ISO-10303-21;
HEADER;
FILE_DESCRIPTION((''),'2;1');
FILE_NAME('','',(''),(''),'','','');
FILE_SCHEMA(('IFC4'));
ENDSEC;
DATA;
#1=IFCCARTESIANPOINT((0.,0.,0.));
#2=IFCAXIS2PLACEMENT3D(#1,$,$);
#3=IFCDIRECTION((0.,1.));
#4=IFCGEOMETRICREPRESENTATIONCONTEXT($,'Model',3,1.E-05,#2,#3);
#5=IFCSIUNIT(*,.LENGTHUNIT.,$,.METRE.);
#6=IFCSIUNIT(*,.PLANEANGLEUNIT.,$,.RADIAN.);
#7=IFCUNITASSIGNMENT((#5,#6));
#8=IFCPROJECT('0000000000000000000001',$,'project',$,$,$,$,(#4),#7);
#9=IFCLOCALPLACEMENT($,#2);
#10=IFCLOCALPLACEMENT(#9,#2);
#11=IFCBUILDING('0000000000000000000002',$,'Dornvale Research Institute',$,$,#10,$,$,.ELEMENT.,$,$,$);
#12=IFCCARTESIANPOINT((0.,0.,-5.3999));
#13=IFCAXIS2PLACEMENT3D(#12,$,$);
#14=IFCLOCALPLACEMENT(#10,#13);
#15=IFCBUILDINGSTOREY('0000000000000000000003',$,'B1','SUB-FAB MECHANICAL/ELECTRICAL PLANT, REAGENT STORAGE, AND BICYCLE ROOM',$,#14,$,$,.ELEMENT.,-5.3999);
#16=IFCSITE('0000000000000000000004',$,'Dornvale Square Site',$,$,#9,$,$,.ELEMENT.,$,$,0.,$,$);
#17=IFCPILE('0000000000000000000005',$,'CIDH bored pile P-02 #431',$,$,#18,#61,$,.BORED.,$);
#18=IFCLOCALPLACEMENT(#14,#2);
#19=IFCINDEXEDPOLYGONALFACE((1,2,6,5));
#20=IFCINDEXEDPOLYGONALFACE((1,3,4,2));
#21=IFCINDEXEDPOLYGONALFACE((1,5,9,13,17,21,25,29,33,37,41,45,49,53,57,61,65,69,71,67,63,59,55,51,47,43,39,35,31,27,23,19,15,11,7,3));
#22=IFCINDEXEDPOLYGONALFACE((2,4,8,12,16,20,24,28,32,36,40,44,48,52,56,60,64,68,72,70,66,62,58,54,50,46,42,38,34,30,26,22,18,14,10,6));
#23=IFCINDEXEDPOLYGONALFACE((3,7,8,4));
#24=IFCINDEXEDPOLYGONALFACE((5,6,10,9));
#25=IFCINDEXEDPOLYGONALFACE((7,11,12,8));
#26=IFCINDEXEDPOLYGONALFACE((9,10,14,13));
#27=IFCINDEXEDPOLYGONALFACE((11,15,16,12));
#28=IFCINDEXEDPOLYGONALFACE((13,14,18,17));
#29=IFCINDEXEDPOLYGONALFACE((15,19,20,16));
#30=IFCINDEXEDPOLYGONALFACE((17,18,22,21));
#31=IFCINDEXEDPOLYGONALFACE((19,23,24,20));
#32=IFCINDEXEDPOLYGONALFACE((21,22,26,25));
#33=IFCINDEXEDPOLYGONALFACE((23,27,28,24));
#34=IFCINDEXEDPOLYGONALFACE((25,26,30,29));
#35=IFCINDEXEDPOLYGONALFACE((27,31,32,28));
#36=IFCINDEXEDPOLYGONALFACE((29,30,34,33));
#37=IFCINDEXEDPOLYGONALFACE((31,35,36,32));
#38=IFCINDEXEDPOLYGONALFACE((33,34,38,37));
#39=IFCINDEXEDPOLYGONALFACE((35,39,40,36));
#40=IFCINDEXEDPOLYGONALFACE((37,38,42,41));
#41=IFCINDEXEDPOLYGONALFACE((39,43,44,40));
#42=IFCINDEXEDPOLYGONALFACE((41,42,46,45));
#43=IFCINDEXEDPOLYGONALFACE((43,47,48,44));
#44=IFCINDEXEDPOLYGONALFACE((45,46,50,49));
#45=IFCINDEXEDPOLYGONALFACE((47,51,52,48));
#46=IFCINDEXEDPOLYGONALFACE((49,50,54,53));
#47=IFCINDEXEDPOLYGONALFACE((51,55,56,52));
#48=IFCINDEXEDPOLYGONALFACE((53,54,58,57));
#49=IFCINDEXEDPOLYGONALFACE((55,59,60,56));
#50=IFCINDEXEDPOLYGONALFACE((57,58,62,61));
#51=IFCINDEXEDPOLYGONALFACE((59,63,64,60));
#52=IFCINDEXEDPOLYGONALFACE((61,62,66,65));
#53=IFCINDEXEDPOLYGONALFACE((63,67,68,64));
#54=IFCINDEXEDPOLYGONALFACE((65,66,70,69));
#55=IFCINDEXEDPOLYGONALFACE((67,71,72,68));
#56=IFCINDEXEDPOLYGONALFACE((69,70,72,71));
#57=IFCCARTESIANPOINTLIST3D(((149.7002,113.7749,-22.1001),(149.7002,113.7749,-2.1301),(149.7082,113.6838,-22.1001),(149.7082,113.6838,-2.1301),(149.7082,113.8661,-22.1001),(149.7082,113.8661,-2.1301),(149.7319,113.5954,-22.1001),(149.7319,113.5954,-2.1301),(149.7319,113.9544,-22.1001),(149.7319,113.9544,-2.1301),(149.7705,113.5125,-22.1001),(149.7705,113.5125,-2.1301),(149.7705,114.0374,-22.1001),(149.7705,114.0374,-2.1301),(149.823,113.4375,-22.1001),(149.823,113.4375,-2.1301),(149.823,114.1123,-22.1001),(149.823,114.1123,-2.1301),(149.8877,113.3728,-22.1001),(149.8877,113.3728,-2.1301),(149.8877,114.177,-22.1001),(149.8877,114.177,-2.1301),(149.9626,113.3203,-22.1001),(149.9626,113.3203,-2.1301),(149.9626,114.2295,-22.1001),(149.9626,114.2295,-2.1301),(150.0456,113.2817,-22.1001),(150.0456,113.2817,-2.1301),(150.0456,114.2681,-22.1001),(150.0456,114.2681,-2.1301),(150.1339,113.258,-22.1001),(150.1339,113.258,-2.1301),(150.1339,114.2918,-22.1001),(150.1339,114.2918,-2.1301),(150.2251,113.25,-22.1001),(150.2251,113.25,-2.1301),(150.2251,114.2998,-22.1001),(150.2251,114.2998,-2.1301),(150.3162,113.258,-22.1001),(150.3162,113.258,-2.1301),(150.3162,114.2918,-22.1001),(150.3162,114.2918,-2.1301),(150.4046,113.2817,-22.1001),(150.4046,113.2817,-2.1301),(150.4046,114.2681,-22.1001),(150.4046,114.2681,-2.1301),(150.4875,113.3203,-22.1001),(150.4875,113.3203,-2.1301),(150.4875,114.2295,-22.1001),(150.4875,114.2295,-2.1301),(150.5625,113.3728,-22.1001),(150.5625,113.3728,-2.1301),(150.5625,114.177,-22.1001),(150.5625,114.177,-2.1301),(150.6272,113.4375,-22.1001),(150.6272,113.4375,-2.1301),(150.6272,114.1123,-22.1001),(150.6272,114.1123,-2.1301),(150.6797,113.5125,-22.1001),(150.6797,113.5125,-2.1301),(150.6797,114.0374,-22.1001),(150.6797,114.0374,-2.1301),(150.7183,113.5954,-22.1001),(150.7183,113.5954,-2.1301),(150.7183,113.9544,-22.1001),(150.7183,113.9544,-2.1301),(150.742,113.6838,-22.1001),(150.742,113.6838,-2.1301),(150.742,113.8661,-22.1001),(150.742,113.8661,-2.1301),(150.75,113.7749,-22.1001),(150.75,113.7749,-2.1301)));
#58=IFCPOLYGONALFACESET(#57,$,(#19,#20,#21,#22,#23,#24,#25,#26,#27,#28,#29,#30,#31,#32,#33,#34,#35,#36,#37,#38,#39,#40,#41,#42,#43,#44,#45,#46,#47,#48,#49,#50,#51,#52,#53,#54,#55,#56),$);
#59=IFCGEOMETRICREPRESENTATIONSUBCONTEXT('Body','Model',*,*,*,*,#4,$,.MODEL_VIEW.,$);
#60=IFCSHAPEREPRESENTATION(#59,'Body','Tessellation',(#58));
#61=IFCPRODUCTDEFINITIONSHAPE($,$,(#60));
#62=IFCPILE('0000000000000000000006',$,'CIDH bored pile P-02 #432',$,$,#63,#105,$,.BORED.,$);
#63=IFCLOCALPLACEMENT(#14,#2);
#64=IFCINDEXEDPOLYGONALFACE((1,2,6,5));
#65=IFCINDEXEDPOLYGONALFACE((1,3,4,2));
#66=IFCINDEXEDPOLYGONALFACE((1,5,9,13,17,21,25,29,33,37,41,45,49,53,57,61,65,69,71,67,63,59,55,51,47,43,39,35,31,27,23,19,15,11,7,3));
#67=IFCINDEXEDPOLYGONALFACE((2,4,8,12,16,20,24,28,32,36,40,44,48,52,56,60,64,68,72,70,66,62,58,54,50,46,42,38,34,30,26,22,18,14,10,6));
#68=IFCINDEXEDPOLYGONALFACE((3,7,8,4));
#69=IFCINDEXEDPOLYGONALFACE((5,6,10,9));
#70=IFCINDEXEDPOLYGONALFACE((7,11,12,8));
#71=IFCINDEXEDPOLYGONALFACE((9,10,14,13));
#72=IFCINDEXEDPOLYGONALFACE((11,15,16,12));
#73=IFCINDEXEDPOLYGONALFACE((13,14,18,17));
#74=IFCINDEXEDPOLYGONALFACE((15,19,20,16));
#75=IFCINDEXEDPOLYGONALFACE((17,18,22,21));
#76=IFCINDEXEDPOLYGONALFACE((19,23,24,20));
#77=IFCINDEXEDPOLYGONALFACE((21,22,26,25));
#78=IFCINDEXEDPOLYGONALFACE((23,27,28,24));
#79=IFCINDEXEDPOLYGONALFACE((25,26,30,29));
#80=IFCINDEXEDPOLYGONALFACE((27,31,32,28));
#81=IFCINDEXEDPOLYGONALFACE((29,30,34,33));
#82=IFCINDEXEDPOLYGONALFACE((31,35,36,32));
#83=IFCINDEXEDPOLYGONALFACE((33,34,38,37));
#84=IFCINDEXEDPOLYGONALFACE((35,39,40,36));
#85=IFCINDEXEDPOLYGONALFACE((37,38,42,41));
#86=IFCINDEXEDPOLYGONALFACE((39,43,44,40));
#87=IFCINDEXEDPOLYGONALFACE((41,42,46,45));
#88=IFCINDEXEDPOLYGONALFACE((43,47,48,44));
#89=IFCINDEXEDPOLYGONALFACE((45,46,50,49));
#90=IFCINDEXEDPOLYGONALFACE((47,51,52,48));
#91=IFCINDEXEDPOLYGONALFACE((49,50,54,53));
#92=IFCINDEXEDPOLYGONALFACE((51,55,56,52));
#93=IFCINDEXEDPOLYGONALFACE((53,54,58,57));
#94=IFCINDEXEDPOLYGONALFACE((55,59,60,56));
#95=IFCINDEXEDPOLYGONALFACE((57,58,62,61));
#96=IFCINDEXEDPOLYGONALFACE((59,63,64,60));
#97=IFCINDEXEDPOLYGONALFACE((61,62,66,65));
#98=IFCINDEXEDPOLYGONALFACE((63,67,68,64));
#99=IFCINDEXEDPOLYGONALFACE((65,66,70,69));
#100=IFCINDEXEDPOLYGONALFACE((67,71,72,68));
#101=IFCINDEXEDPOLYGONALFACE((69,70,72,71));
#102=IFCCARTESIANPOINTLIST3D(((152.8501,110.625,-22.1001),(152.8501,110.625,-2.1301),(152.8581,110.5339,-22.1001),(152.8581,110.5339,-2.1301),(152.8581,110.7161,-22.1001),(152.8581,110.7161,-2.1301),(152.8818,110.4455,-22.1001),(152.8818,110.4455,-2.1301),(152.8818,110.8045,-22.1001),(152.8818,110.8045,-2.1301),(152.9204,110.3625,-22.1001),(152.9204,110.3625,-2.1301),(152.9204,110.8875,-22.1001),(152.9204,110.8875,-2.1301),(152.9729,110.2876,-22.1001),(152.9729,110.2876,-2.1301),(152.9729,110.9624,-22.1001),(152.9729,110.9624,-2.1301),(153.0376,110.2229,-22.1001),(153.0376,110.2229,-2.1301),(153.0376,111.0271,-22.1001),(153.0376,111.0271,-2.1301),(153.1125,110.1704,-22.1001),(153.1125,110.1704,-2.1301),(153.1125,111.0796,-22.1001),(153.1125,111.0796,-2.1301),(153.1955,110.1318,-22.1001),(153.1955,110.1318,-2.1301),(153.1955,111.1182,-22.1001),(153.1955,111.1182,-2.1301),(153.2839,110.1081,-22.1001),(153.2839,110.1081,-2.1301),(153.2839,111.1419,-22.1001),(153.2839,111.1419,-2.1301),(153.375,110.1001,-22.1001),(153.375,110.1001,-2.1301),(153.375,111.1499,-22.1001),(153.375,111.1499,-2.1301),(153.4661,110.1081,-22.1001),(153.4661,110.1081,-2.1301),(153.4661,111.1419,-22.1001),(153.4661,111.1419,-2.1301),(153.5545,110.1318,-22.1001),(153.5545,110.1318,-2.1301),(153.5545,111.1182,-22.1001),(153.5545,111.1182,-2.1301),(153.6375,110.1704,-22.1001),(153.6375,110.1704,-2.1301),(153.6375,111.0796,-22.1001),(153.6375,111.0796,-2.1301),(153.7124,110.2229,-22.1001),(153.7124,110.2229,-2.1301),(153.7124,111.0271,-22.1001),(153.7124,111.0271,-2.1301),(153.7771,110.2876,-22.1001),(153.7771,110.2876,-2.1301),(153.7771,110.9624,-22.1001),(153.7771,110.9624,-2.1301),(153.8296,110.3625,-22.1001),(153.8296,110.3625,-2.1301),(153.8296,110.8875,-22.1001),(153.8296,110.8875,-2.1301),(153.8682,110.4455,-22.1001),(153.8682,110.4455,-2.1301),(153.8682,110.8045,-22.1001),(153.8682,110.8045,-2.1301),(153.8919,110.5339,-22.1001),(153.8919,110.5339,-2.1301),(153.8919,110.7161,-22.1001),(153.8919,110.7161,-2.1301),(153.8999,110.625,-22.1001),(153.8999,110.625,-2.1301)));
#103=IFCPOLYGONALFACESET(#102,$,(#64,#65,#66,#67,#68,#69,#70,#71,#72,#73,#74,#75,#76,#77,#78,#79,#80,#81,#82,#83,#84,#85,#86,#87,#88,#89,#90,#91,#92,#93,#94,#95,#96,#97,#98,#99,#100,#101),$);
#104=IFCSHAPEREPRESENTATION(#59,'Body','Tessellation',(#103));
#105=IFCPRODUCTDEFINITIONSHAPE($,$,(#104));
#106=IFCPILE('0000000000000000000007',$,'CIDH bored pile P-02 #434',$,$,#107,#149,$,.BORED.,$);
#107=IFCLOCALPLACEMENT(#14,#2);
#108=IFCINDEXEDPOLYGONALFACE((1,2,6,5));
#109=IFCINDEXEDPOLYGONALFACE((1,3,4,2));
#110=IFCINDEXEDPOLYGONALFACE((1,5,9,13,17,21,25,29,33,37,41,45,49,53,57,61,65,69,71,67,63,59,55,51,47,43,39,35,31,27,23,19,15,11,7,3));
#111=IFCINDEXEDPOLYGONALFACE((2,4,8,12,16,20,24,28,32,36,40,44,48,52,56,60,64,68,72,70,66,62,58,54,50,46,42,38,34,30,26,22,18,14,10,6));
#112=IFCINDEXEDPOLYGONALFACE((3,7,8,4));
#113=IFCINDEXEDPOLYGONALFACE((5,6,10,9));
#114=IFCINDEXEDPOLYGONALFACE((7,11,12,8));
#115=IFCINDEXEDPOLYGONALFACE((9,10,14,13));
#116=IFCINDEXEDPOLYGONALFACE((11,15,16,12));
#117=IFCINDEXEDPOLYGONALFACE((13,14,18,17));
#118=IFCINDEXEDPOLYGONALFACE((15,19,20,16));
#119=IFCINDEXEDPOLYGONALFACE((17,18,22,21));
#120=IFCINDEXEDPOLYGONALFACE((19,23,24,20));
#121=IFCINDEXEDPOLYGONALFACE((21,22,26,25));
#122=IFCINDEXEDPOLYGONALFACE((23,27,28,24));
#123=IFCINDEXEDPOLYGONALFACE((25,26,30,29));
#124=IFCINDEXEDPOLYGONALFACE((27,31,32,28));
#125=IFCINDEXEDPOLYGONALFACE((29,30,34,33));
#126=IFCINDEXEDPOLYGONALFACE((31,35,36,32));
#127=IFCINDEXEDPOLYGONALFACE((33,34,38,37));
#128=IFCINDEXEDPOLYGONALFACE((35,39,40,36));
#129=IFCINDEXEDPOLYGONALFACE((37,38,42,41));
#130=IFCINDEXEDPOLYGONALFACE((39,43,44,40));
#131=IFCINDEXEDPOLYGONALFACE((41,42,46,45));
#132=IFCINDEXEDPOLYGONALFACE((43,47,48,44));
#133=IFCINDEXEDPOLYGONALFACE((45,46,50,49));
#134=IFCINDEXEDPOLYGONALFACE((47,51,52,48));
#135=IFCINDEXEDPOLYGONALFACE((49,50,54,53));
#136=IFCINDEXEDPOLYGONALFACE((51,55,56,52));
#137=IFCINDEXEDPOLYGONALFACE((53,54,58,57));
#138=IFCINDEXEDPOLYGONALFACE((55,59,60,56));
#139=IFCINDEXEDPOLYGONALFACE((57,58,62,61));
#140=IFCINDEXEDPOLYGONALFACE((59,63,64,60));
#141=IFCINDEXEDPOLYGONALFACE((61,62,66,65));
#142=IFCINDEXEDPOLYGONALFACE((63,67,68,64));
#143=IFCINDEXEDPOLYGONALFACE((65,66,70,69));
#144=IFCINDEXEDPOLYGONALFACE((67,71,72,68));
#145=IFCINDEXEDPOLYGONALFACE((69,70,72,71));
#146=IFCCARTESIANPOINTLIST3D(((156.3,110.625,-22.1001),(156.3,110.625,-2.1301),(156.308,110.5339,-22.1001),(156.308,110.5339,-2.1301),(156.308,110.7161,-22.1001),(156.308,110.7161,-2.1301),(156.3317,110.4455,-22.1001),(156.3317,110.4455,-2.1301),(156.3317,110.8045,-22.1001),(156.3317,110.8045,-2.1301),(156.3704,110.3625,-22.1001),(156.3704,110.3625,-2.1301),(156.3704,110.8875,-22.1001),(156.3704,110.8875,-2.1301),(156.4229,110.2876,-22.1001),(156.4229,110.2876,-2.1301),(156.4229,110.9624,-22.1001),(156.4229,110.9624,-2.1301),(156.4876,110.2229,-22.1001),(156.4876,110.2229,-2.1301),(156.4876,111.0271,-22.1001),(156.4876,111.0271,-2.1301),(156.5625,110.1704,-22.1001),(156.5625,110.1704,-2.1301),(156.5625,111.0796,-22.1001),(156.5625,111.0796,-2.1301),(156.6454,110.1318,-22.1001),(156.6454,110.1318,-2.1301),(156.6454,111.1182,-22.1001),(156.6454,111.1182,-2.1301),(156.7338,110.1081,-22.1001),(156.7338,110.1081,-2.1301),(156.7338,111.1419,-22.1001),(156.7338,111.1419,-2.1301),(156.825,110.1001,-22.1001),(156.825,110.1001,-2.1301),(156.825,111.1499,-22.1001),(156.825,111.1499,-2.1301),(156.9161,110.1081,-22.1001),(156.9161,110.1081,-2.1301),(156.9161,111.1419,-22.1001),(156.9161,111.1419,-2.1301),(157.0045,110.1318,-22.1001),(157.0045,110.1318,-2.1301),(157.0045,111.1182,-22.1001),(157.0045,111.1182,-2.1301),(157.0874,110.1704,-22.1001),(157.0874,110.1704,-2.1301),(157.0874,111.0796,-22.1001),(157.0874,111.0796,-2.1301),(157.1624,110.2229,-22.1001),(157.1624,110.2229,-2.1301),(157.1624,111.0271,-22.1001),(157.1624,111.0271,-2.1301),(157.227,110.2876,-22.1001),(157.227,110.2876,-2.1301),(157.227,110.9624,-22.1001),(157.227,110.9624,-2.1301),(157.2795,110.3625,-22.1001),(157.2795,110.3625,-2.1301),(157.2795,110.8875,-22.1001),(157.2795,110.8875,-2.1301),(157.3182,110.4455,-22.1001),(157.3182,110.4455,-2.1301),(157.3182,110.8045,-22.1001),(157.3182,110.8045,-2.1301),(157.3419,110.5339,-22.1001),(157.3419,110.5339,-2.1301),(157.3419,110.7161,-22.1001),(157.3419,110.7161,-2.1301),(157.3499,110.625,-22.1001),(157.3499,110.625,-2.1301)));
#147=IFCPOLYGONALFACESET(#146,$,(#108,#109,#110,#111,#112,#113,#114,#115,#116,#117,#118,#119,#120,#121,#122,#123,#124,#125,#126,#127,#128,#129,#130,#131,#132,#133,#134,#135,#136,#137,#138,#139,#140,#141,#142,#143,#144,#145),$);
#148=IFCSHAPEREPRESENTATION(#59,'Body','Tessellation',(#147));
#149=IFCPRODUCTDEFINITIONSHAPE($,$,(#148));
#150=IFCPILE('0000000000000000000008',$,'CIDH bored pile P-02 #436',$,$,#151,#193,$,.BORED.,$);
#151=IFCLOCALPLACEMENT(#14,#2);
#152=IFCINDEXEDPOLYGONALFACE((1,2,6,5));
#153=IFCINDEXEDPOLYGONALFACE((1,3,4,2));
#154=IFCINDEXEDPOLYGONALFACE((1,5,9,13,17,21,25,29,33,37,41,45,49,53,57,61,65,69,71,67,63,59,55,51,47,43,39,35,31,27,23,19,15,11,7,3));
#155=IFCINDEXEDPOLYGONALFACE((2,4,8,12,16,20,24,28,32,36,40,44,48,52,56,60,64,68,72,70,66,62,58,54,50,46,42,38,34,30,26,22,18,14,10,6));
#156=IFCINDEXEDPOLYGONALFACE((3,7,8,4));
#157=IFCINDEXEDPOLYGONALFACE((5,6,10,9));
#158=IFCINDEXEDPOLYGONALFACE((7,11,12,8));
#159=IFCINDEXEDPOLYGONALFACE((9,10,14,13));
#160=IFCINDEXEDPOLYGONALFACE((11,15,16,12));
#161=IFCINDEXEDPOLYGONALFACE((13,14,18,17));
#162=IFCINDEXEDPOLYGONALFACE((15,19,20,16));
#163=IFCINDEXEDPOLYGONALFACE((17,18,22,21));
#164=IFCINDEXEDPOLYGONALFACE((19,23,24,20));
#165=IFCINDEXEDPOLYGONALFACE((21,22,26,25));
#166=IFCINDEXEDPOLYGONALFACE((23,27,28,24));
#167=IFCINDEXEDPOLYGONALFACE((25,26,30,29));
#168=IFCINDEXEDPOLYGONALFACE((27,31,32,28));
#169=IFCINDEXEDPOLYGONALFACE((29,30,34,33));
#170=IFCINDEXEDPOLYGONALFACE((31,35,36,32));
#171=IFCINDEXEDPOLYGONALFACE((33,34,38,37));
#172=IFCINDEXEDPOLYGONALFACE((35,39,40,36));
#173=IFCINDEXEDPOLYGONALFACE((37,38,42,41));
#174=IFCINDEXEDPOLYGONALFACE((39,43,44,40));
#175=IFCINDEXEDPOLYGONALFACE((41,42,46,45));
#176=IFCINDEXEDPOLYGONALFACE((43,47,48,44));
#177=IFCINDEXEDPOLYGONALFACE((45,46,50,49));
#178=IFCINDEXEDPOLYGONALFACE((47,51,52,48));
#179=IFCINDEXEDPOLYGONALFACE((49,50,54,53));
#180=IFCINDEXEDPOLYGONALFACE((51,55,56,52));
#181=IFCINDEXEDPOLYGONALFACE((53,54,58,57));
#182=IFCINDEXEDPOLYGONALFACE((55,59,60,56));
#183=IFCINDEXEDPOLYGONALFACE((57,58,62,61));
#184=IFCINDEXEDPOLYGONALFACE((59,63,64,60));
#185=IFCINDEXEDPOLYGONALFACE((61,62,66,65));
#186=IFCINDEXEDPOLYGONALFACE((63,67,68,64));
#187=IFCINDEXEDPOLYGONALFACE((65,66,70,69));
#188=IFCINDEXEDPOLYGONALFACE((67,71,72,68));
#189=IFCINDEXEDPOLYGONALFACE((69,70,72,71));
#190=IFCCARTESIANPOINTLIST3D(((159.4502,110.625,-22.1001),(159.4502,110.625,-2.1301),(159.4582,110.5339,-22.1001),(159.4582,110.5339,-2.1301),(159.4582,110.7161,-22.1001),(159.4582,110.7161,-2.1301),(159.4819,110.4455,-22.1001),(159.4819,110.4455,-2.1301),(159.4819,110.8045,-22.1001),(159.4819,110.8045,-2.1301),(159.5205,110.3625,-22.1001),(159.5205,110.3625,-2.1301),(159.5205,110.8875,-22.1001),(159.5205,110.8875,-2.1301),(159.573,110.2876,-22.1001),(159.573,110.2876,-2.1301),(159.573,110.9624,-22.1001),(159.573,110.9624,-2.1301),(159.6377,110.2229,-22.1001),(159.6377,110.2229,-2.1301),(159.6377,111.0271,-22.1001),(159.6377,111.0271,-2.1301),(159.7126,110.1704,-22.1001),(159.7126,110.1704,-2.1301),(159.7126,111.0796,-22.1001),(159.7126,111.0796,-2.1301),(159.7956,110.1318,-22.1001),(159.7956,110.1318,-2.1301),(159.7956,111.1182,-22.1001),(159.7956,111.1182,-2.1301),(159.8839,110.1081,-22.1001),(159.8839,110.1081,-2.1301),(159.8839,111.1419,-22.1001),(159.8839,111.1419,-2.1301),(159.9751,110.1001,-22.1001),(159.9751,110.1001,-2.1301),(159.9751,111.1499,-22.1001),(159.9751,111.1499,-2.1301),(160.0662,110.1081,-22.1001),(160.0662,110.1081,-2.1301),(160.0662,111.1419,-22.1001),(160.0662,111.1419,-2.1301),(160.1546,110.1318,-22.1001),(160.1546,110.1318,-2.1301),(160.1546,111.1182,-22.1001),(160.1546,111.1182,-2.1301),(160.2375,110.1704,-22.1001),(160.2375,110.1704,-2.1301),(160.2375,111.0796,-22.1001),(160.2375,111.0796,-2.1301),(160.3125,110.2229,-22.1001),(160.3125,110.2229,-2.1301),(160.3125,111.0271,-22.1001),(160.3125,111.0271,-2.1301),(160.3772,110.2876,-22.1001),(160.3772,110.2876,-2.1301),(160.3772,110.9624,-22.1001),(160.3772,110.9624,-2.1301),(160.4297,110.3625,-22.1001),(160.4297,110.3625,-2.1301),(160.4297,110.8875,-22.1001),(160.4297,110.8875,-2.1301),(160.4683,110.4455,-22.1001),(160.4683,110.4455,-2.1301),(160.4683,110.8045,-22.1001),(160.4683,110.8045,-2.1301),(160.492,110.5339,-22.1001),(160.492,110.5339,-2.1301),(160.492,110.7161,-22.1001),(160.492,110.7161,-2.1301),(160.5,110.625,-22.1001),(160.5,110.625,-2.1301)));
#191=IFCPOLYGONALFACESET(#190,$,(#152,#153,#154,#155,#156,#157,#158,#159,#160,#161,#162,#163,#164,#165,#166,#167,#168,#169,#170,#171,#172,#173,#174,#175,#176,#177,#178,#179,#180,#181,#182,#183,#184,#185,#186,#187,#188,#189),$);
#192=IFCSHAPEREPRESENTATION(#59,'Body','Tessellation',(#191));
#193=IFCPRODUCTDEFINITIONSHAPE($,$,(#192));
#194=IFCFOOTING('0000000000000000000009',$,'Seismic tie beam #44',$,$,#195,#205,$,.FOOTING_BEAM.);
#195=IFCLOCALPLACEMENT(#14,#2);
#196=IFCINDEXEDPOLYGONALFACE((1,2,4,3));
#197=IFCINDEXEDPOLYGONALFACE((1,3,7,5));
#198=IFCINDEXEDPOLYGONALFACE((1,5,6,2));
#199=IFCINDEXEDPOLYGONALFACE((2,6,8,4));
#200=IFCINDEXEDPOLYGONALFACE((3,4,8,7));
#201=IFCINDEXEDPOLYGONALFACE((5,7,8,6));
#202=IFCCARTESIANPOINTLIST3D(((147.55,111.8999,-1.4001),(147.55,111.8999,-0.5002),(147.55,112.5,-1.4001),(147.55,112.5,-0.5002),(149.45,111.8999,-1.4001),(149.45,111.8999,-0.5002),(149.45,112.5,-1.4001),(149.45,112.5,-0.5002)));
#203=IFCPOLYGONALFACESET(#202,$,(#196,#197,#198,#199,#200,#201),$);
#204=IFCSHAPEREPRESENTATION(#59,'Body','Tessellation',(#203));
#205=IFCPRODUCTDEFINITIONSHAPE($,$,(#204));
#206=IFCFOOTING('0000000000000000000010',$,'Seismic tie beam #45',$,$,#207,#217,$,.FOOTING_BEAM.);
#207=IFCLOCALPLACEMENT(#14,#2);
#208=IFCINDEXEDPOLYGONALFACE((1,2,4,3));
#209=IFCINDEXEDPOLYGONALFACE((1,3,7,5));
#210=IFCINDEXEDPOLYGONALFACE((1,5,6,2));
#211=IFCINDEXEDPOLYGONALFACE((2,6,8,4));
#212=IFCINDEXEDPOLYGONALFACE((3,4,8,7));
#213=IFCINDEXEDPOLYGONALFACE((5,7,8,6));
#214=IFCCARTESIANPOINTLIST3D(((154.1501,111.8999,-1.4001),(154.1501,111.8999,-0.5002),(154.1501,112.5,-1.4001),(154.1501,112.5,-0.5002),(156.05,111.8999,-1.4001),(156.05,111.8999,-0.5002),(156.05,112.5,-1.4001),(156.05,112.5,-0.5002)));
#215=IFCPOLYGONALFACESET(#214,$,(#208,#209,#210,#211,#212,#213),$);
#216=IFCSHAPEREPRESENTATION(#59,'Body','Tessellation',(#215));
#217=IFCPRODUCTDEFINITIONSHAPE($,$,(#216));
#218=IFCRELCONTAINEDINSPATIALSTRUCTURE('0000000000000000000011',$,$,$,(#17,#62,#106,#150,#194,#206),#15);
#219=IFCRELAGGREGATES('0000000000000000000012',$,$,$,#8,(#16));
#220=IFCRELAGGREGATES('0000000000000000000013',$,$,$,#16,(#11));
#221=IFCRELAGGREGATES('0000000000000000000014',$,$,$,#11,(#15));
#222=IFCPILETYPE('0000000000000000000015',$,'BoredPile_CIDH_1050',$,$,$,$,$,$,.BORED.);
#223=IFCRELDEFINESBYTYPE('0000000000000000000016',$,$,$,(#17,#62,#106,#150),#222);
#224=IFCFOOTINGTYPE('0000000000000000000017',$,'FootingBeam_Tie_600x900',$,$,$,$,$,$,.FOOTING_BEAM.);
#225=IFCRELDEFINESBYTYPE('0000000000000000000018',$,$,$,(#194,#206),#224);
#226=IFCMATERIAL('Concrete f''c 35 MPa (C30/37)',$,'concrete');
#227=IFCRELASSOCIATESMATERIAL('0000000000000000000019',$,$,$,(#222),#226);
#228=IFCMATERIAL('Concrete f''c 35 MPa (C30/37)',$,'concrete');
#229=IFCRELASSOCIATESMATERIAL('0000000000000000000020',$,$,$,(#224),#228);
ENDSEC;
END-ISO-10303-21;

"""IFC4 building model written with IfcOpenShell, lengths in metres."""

from ifc_helpers import new_model, si_unit, direction, frame, origin, origin_2d, place, context, subcontext, project, spatial, rectangle, circle, extrude, material, material_profile, profile_set, type_object, element, save


model = new_model("IFC4")

# Units and contexts
model_context = context("Model", 3, precision=1e-05, world=origin(), true_north=direction((0.0, 1.0)))
body_context = subcontext(model_context, "Body", "Model", "MODEL_VIEW")
ifc_project = project(units=[si_unit("LENGTHUNIT", "METRE"), si_unit("PLANEANGLEUNIT", "RADIAN")], contexts=[model_context])

# Site, building, storey
site_placement = place(None, origin())
site = spatial("IfcSite", under=ifc_project, at=site_placement, Name="Dornvale Square Site", CompositionType="ELEMENT", RefElevation=0.0)
building_placement = place(site_placement, origin())
building = spatial("IfcBuilding", under=site, at=building_placement, Name="Dornvale Research Institute", CompositionType="ELEMENT")
storey_placement = place(building_placement, frame((0.0, 0.0, -5.3999)))
storey = spatial("IfcBuildingStorey", under=building, at=storey_placement, Name="B1", Description="SUB-FAB MECHANICAL/ELECTRICAL PLANT, REAGENT STORAGE, AND BICYCLE ROOM", CompositionType="ELEMENT", Elevation=-5.3999)

# Piles
ifc_material_1 = material(Name="Concrete f'c 35 MPa (C30/37)", Category="concrete")
ifc_material_profile_1 = material_profile(ifc_material_1, circle(Radius=0.5249, at=origin_2d()), Name="CIDH PILE D1050")
ifc_profile_set_1 = profile_set([ifc_material_profile_1], Name="Concrete f'c 35 MPa (C30/37)")
pile_type = type_object("IfcPileType", Name="BoredPile_CIDH_1050", PredefinedType="BORED", material=ifc_profile_set_1)
for number, where, z_axis, x_axis, name in (
    (1, (150.2251, 113.7749, -2.1301), (0.0, 0.0, -1.0), (1.0, 0.0, 0.0), "CIDH bored pile P-02 #431"),
    (2, (153.375, 110.625, -2.1301), (0.0, 0.0, -1.0), (1.0, 0.0, 0.0), "CIDH bored pile P-02 #432"),
    (3, (156.825, 110.625, -2.1301), (0.0, 0.0, -1.0), (1.0, 0.0, 0.0), "CIDH bored pile P-02 #434"),
    (4, (159.9751, 110.625, -2.1301), (0.0, 0.0, -1.0), (1.0, 0.0, 0.0), "CIDH bored pile P-02 #436"),
):
    element("IfcPile", number, at=place(storey_placement, frame(where, z_axis=z_axis, x_axis=x_axis)), inside=storey, type_object=pile_type, Name=name, PredefinedType="BORED", context=body_context, shape_type="SweptSolid", body=[
        extrude(circle(Radius=0.5249, at=origin_2d()), origin(), (0.0, 0.0, 1.0), 19.97),
    ])

# Footings
ifc_material_2 = material(Name="Concrete f'c 35 MPa (C30/37)", Category="concrete")
footing_type_1 = type_object("IfcFootingType", Name="FootingBeam_Tie_600x900", PredefinedType="FOOTING_BEAM", material=ifc_material_2)
for number, where, z_axis, x_axis, name in (
    (5, (148.5, 112.2, -1.4001), (0.0, 0.0, 1.0), (1.0, 0.0, 0.0), "Seismic tie beam #44"),
    (6, (155.1001, 112.2, -1.4001), (0.0, 0.0, 1.0), (1.0, 0.0, 0.0), "Seismic tie beam #45"),
):
    element("IfcFooting", number, at=place(storey_placement, frame(where, z_axis=z_axis, x_axis=x_axis)), inside=storey, type_object=footing_type_1, Name=name, PredefinedType="FOOTING_BEAM", context=body_context, shape_type="SweptSolid", body=[
        extrude(rectangle(XDim=1.8999, YDim=0.6001, at=origin_2d()), origin(), (0.0, 0.0, 1.0), 0.8999),
    ])

save(model, "model.ifc")
